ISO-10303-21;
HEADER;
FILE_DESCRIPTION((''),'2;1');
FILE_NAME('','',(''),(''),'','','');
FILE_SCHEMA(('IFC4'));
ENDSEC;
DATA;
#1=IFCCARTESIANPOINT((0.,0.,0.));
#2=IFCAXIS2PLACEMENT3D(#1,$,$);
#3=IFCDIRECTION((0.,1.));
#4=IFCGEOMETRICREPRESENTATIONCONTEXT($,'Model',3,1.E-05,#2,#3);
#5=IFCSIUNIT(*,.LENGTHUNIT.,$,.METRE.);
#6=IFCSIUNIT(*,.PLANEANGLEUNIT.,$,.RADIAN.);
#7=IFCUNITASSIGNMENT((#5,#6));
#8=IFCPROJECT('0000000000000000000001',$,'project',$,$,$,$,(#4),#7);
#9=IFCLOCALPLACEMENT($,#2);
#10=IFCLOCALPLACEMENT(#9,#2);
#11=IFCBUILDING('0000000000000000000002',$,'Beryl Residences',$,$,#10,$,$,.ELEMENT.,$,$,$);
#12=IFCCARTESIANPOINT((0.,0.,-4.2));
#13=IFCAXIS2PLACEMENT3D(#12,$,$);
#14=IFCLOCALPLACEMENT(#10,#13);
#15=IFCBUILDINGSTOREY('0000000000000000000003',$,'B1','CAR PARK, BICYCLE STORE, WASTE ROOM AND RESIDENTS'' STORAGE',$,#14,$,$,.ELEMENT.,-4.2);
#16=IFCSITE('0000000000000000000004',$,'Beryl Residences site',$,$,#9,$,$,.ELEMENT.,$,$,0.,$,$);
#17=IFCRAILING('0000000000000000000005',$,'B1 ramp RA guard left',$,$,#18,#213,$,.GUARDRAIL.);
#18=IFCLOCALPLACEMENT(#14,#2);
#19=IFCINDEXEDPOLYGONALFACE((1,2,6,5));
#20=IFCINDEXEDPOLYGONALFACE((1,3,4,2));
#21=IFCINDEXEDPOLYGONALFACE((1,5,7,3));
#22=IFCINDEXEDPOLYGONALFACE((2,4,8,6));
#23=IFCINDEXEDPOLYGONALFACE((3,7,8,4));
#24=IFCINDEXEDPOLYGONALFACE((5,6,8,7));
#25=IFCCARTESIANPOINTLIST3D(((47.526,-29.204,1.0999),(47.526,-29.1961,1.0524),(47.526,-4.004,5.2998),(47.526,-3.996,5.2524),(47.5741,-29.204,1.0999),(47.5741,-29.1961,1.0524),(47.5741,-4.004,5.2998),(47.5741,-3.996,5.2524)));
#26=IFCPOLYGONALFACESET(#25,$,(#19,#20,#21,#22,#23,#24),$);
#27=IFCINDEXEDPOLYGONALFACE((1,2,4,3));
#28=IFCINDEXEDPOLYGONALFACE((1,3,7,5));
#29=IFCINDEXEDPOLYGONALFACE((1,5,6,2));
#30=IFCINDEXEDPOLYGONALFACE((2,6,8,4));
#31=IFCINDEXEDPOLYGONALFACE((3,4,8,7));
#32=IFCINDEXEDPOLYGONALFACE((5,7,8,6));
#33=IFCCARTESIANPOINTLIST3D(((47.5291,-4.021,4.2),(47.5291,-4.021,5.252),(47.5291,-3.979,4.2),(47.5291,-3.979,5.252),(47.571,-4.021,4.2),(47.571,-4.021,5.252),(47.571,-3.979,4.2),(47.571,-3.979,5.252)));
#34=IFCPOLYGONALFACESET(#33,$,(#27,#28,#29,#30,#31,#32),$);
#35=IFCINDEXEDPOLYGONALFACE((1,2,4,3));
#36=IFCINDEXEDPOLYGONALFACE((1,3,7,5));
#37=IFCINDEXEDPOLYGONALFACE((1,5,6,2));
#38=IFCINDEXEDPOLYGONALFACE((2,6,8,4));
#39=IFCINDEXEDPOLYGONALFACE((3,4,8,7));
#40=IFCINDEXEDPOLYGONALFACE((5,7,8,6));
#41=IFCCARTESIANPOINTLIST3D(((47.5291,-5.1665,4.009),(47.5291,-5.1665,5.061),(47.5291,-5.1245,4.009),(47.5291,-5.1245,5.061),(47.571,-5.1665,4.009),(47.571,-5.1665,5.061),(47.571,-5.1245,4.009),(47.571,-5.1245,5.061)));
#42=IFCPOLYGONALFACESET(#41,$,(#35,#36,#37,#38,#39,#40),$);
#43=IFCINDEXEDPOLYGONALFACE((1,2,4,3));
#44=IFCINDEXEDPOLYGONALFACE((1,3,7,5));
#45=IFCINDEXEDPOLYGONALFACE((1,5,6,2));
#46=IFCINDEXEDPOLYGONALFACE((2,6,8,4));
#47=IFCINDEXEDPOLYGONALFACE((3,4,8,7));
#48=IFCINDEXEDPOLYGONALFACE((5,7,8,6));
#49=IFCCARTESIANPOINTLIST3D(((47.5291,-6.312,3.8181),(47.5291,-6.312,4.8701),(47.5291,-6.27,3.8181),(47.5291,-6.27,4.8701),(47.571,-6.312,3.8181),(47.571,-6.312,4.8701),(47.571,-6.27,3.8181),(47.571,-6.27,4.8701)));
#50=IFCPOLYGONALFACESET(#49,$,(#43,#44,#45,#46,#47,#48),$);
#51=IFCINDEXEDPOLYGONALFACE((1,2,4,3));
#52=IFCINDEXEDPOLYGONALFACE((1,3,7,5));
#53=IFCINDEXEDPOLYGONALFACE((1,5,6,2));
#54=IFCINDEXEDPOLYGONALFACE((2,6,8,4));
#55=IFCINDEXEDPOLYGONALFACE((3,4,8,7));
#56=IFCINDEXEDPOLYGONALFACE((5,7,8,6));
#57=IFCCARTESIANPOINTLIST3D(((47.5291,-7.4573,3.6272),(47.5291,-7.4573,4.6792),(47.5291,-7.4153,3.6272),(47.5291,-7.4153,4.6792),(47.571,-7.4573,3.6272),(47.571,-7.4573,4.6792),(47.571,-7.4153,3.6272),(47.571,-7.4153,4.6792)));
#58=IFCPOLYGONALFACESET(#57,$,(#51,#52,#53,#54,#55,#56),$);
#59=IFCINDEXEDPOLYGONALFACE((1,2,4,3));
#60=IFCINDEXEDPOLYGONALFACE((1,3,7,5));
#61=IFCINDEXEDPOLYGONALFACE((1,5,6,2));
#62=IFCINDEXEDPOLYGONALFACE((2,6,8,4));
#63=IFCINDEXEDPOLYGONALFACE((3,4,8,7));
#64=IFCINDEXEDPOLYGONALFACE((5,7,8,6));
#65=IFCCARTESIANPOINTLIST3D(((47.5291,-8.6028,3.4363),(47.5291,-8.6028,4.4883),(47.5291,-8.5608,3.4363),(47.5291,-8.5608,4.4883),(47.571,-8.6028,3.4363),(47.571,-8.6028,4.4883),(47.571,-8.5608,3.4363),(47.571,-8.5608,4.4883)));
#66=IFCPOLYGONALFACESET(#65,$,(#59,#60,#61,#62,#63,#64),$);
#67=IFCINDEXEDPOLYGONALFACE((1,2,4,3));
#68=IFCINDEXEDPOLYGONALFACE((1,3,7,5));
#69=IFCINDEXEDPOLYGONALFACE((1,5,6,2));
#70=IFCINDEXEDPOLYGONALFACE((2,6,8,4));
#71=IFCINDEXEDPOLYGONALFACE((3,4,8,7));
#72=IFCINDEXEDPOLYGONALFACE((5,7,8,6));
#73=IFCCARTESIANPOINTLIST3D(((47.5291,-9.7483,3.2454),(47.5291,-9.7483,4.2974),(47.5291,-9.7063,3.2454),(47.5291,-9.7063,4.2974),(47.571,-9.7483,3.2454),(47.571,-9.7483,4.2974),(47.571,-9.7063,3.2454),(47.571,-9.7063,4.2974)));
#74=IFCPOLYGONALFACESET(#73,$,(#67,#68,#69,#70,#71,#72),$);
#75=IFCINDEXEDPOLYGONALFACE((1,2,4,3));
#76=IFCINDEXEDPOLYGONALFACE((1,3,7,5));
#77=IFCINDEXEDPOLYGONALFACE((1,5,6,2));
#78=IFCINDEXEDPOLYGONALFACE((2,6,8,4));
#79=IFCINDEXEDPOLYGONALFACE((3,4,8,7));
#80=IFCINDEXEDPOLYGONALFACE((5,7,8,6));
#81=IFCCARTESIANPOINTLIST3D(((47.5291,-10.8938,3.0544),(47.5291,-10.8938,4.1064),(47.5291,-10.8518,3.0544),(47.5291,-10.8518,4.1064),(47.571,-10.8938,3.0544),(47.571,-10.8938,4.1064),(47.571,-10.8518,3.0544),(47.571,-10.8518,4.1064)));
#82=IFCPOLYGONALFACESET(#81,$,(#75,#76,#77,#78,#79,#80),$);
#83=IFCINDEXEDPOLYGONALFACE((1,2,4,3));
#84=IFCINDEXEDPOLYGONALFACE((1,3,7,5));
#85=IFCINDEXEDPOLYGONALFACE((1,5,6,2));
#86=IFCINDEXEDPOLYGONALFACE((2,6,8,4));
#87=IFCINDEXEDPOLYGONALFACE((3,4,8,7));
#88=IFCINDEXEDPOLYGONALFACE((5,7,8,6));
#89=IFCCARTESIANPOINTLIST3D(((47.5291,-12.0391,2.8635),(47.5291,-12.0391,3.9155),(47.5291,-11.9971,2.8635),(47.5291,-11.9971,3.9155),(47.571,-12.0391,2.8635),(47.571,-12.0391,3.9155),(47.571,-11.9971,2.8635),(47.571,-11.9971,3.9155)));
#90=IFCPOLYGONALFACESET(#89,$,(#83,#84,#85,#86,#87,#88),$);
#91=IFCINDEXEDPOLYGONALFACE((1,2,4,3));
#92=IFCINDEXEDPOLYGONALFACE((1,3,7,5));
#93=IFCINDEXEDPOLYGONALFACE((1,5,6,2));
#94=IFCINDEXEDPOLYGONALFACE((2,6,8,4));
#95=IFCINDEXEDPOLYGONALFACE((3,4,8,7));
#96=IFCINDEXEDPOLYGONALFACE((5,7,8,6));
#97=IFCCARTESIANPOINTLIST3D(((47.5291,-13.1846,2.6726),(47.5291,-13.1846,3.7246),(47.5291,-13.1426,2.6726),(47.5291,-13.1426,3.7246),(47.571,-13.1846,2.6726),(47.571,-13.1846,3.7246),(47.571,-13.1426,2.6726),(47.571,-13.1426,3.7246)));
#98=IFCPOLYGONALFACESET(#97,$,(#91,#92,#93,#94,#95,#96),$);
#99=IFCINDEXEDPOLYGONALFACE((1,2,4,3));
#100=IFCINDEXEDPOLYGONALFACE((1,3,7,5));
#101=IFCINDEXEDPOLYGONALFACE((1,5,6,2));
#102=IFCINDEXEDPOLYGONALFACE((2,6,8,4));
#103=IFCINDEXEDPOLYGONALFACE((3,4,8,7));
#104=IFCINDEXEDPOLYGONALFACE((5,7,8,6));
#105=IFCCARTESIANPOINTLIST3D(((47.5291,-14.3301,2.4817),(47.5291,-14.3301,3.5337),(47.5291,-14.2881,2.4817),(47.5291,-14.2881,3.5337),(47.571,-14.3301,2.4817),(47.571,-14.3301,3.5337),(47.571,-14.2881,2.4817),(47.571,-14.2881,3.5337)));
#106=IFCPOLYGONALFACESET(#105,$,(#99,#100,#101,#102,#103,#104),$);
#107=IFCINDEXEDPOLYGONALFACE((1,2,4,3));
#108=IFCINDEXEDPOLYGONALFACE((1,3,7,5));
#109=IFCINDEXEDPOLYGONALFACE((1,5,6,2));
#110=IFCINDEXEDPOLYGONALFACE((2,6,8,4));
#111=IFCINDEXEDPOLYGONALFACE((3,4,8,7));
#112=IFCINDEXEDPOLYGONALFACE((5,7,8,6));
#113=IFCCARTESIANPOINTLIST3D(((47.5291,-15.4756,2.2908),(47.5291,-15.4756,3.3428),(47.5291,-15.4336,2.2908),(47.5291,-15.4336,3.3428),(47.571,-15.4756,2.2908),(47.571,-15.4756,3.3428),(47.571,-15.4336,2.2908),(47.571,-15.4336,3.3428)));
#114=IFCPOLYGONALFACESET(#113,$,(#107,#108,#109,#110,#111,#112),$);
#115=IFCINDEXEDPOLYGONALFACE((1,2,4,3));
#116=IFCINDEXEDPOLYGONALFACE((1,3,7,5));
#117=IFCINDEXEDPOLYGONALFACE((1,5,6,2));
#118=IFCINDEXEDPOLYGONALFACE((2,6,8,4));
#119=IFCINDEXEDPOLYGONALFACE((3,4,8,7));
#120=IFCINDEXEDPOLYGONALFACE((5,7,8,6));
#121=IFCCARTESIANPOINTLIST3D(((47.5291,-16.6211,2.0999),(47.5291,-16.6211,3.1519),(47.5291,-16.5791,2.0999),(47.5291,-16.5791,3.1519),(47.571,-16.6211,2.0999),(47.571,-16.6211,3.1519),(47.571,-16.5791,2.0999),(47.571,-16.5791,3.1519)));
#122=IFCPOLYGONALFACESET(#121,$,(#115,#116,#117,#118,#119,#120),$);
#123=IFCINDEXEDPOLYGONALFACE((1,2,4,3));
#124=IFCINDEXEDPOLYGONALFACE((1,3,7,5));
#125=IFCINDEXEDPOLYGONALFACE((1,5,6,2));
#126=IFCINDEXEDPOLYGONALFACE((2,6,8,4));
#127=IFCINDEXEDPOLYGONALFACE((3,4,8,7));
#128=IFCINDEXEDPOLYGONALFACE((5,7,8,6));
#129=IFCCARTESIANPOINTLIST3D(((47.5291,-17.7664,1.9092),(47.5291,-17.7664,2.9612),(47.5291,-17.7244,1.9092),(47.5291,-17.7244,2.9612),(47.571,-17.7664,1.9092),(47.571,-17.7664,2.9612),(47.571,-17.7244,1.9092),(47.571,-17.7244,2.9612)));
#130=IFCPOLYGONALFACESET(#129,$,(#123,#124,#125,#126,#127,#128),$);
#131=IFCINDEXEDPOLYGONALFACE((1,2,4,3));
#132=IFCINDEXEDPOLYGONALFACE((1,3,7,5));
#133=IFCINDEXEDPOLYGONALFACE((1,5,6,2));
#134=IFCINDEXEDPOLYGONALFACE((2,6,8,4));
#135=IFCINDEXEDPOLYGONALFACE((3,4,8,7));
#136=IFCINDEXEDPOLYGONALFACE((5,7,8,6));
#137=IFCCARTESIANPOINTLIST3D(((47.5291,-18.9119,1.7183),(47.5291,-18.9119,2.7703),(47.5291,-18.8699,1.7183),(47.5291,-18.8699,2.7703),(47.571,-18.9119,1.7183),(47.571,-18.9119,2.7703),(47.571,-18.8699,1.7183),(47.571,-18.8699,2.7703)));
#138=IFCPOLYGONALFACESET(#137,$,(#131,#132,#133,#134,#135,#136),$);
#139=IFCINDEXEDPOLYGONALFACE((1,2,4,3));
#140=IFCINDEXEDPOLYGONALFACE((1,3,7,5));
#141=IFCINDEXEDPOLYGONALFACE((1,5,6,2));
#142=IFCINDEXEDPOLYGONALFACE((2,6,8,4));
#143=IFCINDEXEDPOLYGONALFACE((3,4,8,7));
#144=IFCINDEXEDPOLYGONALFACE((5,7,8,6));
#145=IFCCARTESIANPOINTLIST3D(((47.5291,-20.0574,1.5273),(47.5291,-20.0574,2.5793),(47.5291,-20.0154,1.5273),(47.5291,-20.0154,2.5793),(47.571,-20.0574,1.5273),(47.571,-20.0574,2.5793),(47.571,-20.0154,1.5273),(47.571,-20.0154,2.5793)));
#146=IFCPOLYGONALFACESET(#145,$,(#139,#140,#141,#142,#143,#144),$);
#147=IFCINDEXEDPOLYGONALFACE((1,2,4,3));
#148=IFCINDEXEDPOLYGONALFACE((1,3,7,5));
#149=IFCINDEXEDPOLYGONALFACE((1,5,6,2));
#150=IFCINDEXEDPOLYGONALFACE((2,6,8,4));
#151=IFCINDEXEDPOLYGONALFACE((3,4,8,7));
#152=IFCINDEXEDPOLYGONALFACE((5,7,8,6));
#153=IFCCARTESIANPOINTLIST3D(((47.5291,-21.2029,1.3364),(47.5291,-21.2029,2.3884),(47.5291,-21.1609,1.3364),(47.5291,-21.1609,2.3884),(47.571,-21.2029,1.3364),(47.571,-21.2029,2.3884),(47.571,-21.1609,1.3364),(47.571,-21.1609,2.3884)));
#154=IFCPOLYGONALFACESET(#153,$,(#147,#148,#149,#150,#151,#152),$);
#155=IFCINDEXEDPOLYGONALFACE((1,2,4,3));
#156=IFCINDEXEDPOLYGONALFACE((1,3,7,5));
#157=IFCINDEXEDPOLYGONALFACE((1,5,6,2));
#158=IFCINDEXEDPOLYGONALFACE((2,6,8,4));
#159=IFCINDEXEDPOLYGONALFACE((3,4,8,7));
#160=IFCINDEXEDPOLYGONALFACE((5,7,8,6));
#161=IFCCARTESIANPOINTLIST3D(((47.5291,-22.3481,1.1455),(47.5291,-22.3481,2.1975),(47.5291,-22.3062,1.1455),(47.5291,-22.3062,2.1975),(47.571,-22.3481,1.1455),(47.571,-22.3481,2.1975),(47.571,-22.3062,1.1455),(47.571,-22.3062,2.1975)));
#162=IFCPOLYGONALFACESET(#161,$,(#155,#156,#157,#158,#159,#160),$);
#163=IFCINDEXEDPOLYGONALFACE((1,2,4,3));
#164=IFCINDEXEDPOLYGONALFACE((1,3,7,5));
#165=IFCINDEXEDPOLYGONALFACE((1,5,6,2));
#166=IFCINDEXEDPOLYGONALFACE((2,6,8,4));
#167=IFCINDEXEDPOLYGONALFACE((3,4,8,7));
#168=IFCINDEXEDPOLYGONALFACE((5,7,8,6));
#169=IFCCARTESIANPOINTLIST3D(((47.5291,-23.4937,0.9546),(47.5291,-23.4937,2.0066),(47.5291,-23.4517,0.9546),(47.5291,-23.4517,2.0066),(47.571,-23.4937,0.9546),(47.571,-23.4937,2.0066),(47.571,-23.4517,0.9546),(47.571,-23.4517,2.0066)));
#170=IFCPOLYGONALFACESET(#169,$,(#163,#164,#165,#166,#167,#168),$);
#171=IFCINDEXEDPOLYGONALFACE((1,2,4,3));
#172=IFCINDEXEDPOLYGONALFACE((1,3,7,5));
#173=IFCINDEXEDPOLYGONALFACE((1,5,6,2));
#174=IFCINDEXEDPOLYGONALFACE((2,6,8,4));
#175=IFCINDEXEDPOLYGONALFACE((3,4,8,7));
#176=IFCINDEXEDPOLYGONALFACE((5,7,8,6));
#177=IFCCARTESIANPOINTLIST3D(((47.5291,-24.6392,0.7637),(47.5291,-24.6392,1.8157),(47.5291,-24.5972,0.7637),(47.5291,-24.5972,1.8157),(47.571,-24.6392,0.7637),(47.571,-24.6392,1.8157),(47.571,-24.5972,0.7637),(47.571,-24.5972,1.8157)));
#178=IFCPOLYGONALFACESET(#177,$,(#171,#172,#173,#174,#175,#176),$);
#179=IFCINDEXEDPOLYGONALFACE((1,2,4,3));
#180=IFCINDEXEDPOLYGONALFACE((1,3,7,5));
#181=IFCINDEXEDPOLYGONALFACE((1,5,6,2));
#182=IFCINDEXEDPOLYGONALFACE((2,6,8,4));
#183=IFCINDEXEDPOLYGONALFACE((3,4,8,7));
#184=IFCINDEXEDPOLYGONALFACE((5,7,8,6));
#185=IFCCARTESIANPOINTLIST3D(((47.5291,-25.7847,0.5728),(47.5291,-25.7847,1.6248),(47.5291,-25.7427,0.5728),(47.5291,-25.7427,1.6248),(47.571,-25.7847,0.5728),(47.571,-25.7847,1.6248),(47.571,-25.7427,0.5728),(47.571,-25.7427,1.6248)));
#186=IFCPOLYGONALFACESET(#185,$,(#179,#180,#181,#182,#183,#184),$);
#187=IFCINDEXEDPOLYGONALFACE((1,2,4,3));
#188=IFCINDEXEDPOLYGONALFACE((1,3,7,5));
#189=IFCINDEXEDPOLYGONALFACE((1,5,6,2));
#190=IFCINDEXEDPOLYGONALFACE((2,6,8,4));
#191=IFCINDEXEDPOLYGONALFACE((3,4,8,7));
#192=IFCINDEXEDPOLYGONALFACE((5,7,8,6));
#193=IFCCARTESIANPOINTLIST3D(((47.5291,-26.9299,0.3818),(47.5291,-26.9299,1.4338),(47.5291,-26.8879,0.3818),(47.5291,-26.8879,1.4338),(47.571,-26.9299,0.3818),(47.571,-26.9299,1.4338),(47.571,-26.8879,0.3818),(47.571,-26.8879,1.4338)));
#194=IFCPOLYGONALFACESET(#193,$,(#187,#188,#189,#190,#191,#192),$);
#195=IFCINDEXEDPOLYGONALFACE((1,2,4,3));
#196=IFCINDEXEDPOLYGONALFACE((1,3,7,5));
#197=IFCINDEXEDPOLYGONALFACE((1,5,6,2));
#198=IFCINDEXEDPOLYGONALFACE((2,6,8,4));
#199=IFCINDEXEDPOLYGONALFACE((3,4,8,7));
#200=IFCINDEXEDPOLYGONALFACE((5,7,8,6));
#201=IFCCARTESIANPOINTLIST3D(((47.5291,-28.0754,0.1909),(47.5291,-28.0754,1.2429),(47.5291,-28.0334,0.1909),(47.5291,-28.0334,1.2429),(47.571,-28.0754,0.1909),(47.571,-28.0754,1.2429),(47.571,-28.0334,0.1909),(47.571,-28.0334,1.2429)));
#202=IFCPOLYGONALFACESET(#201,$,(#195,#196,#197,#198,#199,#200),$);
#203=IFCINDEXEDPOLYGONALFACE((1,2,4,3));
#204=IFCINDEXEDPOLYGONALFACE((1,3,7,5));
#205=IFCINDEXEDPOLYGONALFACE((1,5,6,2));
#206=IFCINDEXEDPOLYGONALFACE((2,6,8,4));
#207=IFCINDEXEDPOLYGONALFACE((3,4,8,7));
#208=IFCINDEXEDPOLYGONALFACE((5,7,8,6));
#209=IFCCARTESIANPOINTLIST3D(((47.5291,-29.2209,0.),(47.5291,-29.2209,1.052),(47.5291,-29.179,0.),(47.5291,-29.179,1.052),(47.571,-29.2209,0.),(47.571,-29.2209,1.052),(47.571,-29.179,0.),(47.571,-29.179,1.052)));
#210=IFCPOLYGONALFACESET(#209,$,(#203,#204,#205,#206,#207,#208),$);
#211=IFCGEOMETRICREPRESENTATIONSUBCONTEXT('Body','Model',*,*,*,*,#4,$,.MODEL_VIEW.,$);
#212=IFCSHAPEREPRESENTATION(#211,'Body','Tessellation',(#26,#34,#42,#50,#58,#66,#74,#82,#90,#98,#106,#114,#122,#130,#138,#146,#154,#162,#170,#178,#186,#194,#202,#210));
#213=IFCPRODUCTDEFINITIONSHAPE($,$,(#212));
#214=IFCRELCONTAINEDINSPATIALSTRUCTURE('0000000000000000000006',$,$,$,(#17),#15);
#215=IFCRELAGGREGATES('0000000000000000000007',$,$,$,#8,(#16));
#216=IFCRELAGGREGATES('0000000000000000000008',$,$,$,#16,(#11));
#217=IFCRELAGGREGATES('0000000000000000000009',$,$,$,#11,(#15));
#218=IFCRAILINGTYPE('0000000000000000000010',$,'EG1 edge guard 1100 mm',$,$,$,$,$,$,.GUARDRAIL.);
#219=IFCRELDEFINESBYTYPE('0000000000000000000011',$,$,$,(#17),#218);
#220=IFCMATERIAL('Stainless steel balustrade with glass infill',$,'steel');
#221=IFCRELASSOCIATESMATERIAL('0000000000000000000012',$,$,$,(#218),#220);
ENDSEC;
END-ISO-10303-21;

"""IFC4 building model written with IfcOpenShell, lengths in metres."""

from ifc_helpers import new_model, si_unit, direction, frame, origin, origin_2d, place, context, subcontext, project, spatial, rectangle, extrude, material, type_object, element, save


model = new_model("IFC4")

# Units and contexts
model_context = context("Model", 3, precision=1e-05, world=origin(), true_north=direction((0.0, 1.0)))
body_context = subcontext(model_context, "Body", "Model", "MODEL_VIEW")
ifc_project = project(units=[si_unit("LENGTHUNIT", "METRE"), si_unit("PLANEANGLEUNIT", "RADIAN")], contexts=[model_context])

# Site, building, storey
site_placement = place(None, origin())
site = spatial("IfcSite", under=ifc_project, at=site_placement, Name="Beryl Residences site", CompositionType="ELEMENT", RefElevation=0.0)
building_placement = place(site_placement, origin())
building = spatial("IfcBuilding", under=site, at=building_placement, Name="Beryl Residences", CompositionType="ELEMENT")
storey_placement = place(building_placement, frame((0.0, 0.0, -4.2)))
storey = spatial("IfcBuildingStorey", under=building, at=storey_placement, Name="B1", Description="CAR PARK, BICYCLE STORE, WASTE ROOM AND RESIDENTS' STORAGE", CompositionType="ELEMENT", Elevation=-4.2)

# Railing
ifc_material_1 = material(Name="Stainless steel balustrade with glass infill", Category="steel")
railing_type_1 = type_object("IfcRailingType", Name="EG1 edge guard 1100 mm", PredefinedType="GUARDRAIL", material=ifc_material_1)
railing_1_placement = place(storey_placement, frame((47.55, -4.0, 4.2)))
element("IfcRailing", 1, at=railing_1_placement, inside=storey, type_object=railing_type_1, Name="B1 ramp RA guard left", PredefinedType="GUARDRAIL", context=body_context, shape_type="SweptSolid", body=[
    extrude(rectangle(XDim=0.0481, YDim=0.0481, at=origin_2d()), frame((0.0, 0.0, 1.0762), z_axis=(0.0, -0.986394, -0.164397), x_axis=(1.0, 0.0, 0.0)), (0.0, 0.0, 1.0), 25.5476),
    extrude(rectangle(XDim=0.042, YDim=0.042, at=origin_2d()), origin(), (0.0, 0.0, 1.0), 1.052),
    extrude(rectangle(XDim=0.042, YDim=0.042, at=origin_2d()), frame((0.0, -1.1455, -0.1909)), (0.0, 0.0, 1.0), 1.052),
    extrude(rectangle(XDim=0.042, YDim=0.042, at=origin_2d()), frame((0.0, -2.291, -0.3818)), (0.0, 0.0, 1.0), 1.052),
    extrude(rectangle(XDim=0.042, YDim=0.042, at=origin_2d()), frame((0.0, -3.4363, -0.5728)), (0.0, 0.0, 1.0), 1.052),
    extrude(rectangle(XDim=0.042, YDim=0.042, at=origin_2d()), frame((0.0, -4.5818, -0.7637)), (0.0, 0.0, 1.0), 1.052),
    extrude(rectangle(XDim=0.042, YDim=0.042, at=origin_2d()), frame((0.0, -5.7273, -0.9546)), (0.0, 0.0, 1.0), 1.052),
    extrude(rectangle(XDim=0.042, YDim=0.042, at=origin_2d()), frame((0.0, -6.8728, -1.1455)), (0.0, 0.0, 1.0), 1.052),
    extrude(rectangle(XDim=0.042, YDim=0.042, at=origin_2d()), frame((0.0, -8.0181, -1.3364)), (0.0, 0.0, 1.0), 1.052),
    extrude(rectangle(XDim=0.042, YDim=0.042, at=origin_2d()), frame((0.0, -9.1636, -1.5273)), (0.0, 0.0, 1.0), 1.052),
    extrude(rectangle(XDim=0.042, YDim=0.042, at=origin_2d()), frame((0.0, -10.3091, -1.7183)), (0.0, 0.0, 1.0), 1.052),
    extrude(rectangle(XDim=0.042, YDim=0.042, at=origin_2d()), frame((0.0, -11.4546, -1.9092)), (0.0, 0.0, 1.0), 1.052),
    extrude(rectangle(XDim=0.042, YDim=0.042, at=origin_2d()), frame((0.0, -12.6001, -2.1001)), (0.0, 0.0, 1.0), 1.052),
    extrude(rectangle(XDim=0.042, YDim=0.042, at=origin_2d()), frame((0.0, -13.7454, -2.2908)), (0.0, 0.0, 1.0), 1.052),
    extrude(rectangle(XDim=0.042, YDim=0.042, at=origin_2d()), frame((0.0, -14.8909, -2.4817)), (0.0, 0.0, 1.0), 1.052),
    extrude(rectangle(XDim=0.042, YDim=0.042, at=origin_2d()), frame((0.0, -16.0364, -2.6726)), (0.0, 0.0, 1.0), 1.052),
    extrude(rectangle(XDim=0.042, YDim=0.042, at=origin_2d()), frame((0.0, -17.1819, -2.8635)), (0.0, 0.0, 1.0), 1.052),
    extrude(rectangle(XDim=0.042, YDim=0.042, at=origin_2d()), frame((0.0, -18.3271, -3.0544)), (0.0, 0.0, 1.0), 1.052),
    extrude(rectangle(XDim=0.042, YDim=0.042, at=origin_2d()), frame((0.0, -19.4727, -3.2454)), (0.0, 0.0, 1.0), 1.052),
    extrude(rectangle(XDim=0.042, YDim=0.042, at=origin_2d()), frame((0.0, -20.6182, -3.4363)), (0.0, 0.0, 1.0), 1.052),
    extrude(rectangle(XDim=0.042, YDim=0.042, at=origin_2d()), frame((0.0, -21.7637, -3.6272)), (0.0, 0.0, 1.0), 1.052),
    extrude(rectangle(XDim=0.042, YDim=0.042, at=origin_2d()), frame((0.0, -22.9089, -3.8181)), (0.0, 0.0, 1.0), 1.052),
    extrude(rectangle(XDim=0.042, YDim=0.042, at=origin_2d()), frame((0.0, -24.0544, -4.009)), (0.0, 0.0, 1.0), 1.052),
    extrude(rectangle(XDim=0.042, YDim=0.042, at=origin_2d()), frame((0.0, -25.2, -4.2)), (0.0, 0.0, 1.0), 1.052),
])

save(model, "model.ifc")
